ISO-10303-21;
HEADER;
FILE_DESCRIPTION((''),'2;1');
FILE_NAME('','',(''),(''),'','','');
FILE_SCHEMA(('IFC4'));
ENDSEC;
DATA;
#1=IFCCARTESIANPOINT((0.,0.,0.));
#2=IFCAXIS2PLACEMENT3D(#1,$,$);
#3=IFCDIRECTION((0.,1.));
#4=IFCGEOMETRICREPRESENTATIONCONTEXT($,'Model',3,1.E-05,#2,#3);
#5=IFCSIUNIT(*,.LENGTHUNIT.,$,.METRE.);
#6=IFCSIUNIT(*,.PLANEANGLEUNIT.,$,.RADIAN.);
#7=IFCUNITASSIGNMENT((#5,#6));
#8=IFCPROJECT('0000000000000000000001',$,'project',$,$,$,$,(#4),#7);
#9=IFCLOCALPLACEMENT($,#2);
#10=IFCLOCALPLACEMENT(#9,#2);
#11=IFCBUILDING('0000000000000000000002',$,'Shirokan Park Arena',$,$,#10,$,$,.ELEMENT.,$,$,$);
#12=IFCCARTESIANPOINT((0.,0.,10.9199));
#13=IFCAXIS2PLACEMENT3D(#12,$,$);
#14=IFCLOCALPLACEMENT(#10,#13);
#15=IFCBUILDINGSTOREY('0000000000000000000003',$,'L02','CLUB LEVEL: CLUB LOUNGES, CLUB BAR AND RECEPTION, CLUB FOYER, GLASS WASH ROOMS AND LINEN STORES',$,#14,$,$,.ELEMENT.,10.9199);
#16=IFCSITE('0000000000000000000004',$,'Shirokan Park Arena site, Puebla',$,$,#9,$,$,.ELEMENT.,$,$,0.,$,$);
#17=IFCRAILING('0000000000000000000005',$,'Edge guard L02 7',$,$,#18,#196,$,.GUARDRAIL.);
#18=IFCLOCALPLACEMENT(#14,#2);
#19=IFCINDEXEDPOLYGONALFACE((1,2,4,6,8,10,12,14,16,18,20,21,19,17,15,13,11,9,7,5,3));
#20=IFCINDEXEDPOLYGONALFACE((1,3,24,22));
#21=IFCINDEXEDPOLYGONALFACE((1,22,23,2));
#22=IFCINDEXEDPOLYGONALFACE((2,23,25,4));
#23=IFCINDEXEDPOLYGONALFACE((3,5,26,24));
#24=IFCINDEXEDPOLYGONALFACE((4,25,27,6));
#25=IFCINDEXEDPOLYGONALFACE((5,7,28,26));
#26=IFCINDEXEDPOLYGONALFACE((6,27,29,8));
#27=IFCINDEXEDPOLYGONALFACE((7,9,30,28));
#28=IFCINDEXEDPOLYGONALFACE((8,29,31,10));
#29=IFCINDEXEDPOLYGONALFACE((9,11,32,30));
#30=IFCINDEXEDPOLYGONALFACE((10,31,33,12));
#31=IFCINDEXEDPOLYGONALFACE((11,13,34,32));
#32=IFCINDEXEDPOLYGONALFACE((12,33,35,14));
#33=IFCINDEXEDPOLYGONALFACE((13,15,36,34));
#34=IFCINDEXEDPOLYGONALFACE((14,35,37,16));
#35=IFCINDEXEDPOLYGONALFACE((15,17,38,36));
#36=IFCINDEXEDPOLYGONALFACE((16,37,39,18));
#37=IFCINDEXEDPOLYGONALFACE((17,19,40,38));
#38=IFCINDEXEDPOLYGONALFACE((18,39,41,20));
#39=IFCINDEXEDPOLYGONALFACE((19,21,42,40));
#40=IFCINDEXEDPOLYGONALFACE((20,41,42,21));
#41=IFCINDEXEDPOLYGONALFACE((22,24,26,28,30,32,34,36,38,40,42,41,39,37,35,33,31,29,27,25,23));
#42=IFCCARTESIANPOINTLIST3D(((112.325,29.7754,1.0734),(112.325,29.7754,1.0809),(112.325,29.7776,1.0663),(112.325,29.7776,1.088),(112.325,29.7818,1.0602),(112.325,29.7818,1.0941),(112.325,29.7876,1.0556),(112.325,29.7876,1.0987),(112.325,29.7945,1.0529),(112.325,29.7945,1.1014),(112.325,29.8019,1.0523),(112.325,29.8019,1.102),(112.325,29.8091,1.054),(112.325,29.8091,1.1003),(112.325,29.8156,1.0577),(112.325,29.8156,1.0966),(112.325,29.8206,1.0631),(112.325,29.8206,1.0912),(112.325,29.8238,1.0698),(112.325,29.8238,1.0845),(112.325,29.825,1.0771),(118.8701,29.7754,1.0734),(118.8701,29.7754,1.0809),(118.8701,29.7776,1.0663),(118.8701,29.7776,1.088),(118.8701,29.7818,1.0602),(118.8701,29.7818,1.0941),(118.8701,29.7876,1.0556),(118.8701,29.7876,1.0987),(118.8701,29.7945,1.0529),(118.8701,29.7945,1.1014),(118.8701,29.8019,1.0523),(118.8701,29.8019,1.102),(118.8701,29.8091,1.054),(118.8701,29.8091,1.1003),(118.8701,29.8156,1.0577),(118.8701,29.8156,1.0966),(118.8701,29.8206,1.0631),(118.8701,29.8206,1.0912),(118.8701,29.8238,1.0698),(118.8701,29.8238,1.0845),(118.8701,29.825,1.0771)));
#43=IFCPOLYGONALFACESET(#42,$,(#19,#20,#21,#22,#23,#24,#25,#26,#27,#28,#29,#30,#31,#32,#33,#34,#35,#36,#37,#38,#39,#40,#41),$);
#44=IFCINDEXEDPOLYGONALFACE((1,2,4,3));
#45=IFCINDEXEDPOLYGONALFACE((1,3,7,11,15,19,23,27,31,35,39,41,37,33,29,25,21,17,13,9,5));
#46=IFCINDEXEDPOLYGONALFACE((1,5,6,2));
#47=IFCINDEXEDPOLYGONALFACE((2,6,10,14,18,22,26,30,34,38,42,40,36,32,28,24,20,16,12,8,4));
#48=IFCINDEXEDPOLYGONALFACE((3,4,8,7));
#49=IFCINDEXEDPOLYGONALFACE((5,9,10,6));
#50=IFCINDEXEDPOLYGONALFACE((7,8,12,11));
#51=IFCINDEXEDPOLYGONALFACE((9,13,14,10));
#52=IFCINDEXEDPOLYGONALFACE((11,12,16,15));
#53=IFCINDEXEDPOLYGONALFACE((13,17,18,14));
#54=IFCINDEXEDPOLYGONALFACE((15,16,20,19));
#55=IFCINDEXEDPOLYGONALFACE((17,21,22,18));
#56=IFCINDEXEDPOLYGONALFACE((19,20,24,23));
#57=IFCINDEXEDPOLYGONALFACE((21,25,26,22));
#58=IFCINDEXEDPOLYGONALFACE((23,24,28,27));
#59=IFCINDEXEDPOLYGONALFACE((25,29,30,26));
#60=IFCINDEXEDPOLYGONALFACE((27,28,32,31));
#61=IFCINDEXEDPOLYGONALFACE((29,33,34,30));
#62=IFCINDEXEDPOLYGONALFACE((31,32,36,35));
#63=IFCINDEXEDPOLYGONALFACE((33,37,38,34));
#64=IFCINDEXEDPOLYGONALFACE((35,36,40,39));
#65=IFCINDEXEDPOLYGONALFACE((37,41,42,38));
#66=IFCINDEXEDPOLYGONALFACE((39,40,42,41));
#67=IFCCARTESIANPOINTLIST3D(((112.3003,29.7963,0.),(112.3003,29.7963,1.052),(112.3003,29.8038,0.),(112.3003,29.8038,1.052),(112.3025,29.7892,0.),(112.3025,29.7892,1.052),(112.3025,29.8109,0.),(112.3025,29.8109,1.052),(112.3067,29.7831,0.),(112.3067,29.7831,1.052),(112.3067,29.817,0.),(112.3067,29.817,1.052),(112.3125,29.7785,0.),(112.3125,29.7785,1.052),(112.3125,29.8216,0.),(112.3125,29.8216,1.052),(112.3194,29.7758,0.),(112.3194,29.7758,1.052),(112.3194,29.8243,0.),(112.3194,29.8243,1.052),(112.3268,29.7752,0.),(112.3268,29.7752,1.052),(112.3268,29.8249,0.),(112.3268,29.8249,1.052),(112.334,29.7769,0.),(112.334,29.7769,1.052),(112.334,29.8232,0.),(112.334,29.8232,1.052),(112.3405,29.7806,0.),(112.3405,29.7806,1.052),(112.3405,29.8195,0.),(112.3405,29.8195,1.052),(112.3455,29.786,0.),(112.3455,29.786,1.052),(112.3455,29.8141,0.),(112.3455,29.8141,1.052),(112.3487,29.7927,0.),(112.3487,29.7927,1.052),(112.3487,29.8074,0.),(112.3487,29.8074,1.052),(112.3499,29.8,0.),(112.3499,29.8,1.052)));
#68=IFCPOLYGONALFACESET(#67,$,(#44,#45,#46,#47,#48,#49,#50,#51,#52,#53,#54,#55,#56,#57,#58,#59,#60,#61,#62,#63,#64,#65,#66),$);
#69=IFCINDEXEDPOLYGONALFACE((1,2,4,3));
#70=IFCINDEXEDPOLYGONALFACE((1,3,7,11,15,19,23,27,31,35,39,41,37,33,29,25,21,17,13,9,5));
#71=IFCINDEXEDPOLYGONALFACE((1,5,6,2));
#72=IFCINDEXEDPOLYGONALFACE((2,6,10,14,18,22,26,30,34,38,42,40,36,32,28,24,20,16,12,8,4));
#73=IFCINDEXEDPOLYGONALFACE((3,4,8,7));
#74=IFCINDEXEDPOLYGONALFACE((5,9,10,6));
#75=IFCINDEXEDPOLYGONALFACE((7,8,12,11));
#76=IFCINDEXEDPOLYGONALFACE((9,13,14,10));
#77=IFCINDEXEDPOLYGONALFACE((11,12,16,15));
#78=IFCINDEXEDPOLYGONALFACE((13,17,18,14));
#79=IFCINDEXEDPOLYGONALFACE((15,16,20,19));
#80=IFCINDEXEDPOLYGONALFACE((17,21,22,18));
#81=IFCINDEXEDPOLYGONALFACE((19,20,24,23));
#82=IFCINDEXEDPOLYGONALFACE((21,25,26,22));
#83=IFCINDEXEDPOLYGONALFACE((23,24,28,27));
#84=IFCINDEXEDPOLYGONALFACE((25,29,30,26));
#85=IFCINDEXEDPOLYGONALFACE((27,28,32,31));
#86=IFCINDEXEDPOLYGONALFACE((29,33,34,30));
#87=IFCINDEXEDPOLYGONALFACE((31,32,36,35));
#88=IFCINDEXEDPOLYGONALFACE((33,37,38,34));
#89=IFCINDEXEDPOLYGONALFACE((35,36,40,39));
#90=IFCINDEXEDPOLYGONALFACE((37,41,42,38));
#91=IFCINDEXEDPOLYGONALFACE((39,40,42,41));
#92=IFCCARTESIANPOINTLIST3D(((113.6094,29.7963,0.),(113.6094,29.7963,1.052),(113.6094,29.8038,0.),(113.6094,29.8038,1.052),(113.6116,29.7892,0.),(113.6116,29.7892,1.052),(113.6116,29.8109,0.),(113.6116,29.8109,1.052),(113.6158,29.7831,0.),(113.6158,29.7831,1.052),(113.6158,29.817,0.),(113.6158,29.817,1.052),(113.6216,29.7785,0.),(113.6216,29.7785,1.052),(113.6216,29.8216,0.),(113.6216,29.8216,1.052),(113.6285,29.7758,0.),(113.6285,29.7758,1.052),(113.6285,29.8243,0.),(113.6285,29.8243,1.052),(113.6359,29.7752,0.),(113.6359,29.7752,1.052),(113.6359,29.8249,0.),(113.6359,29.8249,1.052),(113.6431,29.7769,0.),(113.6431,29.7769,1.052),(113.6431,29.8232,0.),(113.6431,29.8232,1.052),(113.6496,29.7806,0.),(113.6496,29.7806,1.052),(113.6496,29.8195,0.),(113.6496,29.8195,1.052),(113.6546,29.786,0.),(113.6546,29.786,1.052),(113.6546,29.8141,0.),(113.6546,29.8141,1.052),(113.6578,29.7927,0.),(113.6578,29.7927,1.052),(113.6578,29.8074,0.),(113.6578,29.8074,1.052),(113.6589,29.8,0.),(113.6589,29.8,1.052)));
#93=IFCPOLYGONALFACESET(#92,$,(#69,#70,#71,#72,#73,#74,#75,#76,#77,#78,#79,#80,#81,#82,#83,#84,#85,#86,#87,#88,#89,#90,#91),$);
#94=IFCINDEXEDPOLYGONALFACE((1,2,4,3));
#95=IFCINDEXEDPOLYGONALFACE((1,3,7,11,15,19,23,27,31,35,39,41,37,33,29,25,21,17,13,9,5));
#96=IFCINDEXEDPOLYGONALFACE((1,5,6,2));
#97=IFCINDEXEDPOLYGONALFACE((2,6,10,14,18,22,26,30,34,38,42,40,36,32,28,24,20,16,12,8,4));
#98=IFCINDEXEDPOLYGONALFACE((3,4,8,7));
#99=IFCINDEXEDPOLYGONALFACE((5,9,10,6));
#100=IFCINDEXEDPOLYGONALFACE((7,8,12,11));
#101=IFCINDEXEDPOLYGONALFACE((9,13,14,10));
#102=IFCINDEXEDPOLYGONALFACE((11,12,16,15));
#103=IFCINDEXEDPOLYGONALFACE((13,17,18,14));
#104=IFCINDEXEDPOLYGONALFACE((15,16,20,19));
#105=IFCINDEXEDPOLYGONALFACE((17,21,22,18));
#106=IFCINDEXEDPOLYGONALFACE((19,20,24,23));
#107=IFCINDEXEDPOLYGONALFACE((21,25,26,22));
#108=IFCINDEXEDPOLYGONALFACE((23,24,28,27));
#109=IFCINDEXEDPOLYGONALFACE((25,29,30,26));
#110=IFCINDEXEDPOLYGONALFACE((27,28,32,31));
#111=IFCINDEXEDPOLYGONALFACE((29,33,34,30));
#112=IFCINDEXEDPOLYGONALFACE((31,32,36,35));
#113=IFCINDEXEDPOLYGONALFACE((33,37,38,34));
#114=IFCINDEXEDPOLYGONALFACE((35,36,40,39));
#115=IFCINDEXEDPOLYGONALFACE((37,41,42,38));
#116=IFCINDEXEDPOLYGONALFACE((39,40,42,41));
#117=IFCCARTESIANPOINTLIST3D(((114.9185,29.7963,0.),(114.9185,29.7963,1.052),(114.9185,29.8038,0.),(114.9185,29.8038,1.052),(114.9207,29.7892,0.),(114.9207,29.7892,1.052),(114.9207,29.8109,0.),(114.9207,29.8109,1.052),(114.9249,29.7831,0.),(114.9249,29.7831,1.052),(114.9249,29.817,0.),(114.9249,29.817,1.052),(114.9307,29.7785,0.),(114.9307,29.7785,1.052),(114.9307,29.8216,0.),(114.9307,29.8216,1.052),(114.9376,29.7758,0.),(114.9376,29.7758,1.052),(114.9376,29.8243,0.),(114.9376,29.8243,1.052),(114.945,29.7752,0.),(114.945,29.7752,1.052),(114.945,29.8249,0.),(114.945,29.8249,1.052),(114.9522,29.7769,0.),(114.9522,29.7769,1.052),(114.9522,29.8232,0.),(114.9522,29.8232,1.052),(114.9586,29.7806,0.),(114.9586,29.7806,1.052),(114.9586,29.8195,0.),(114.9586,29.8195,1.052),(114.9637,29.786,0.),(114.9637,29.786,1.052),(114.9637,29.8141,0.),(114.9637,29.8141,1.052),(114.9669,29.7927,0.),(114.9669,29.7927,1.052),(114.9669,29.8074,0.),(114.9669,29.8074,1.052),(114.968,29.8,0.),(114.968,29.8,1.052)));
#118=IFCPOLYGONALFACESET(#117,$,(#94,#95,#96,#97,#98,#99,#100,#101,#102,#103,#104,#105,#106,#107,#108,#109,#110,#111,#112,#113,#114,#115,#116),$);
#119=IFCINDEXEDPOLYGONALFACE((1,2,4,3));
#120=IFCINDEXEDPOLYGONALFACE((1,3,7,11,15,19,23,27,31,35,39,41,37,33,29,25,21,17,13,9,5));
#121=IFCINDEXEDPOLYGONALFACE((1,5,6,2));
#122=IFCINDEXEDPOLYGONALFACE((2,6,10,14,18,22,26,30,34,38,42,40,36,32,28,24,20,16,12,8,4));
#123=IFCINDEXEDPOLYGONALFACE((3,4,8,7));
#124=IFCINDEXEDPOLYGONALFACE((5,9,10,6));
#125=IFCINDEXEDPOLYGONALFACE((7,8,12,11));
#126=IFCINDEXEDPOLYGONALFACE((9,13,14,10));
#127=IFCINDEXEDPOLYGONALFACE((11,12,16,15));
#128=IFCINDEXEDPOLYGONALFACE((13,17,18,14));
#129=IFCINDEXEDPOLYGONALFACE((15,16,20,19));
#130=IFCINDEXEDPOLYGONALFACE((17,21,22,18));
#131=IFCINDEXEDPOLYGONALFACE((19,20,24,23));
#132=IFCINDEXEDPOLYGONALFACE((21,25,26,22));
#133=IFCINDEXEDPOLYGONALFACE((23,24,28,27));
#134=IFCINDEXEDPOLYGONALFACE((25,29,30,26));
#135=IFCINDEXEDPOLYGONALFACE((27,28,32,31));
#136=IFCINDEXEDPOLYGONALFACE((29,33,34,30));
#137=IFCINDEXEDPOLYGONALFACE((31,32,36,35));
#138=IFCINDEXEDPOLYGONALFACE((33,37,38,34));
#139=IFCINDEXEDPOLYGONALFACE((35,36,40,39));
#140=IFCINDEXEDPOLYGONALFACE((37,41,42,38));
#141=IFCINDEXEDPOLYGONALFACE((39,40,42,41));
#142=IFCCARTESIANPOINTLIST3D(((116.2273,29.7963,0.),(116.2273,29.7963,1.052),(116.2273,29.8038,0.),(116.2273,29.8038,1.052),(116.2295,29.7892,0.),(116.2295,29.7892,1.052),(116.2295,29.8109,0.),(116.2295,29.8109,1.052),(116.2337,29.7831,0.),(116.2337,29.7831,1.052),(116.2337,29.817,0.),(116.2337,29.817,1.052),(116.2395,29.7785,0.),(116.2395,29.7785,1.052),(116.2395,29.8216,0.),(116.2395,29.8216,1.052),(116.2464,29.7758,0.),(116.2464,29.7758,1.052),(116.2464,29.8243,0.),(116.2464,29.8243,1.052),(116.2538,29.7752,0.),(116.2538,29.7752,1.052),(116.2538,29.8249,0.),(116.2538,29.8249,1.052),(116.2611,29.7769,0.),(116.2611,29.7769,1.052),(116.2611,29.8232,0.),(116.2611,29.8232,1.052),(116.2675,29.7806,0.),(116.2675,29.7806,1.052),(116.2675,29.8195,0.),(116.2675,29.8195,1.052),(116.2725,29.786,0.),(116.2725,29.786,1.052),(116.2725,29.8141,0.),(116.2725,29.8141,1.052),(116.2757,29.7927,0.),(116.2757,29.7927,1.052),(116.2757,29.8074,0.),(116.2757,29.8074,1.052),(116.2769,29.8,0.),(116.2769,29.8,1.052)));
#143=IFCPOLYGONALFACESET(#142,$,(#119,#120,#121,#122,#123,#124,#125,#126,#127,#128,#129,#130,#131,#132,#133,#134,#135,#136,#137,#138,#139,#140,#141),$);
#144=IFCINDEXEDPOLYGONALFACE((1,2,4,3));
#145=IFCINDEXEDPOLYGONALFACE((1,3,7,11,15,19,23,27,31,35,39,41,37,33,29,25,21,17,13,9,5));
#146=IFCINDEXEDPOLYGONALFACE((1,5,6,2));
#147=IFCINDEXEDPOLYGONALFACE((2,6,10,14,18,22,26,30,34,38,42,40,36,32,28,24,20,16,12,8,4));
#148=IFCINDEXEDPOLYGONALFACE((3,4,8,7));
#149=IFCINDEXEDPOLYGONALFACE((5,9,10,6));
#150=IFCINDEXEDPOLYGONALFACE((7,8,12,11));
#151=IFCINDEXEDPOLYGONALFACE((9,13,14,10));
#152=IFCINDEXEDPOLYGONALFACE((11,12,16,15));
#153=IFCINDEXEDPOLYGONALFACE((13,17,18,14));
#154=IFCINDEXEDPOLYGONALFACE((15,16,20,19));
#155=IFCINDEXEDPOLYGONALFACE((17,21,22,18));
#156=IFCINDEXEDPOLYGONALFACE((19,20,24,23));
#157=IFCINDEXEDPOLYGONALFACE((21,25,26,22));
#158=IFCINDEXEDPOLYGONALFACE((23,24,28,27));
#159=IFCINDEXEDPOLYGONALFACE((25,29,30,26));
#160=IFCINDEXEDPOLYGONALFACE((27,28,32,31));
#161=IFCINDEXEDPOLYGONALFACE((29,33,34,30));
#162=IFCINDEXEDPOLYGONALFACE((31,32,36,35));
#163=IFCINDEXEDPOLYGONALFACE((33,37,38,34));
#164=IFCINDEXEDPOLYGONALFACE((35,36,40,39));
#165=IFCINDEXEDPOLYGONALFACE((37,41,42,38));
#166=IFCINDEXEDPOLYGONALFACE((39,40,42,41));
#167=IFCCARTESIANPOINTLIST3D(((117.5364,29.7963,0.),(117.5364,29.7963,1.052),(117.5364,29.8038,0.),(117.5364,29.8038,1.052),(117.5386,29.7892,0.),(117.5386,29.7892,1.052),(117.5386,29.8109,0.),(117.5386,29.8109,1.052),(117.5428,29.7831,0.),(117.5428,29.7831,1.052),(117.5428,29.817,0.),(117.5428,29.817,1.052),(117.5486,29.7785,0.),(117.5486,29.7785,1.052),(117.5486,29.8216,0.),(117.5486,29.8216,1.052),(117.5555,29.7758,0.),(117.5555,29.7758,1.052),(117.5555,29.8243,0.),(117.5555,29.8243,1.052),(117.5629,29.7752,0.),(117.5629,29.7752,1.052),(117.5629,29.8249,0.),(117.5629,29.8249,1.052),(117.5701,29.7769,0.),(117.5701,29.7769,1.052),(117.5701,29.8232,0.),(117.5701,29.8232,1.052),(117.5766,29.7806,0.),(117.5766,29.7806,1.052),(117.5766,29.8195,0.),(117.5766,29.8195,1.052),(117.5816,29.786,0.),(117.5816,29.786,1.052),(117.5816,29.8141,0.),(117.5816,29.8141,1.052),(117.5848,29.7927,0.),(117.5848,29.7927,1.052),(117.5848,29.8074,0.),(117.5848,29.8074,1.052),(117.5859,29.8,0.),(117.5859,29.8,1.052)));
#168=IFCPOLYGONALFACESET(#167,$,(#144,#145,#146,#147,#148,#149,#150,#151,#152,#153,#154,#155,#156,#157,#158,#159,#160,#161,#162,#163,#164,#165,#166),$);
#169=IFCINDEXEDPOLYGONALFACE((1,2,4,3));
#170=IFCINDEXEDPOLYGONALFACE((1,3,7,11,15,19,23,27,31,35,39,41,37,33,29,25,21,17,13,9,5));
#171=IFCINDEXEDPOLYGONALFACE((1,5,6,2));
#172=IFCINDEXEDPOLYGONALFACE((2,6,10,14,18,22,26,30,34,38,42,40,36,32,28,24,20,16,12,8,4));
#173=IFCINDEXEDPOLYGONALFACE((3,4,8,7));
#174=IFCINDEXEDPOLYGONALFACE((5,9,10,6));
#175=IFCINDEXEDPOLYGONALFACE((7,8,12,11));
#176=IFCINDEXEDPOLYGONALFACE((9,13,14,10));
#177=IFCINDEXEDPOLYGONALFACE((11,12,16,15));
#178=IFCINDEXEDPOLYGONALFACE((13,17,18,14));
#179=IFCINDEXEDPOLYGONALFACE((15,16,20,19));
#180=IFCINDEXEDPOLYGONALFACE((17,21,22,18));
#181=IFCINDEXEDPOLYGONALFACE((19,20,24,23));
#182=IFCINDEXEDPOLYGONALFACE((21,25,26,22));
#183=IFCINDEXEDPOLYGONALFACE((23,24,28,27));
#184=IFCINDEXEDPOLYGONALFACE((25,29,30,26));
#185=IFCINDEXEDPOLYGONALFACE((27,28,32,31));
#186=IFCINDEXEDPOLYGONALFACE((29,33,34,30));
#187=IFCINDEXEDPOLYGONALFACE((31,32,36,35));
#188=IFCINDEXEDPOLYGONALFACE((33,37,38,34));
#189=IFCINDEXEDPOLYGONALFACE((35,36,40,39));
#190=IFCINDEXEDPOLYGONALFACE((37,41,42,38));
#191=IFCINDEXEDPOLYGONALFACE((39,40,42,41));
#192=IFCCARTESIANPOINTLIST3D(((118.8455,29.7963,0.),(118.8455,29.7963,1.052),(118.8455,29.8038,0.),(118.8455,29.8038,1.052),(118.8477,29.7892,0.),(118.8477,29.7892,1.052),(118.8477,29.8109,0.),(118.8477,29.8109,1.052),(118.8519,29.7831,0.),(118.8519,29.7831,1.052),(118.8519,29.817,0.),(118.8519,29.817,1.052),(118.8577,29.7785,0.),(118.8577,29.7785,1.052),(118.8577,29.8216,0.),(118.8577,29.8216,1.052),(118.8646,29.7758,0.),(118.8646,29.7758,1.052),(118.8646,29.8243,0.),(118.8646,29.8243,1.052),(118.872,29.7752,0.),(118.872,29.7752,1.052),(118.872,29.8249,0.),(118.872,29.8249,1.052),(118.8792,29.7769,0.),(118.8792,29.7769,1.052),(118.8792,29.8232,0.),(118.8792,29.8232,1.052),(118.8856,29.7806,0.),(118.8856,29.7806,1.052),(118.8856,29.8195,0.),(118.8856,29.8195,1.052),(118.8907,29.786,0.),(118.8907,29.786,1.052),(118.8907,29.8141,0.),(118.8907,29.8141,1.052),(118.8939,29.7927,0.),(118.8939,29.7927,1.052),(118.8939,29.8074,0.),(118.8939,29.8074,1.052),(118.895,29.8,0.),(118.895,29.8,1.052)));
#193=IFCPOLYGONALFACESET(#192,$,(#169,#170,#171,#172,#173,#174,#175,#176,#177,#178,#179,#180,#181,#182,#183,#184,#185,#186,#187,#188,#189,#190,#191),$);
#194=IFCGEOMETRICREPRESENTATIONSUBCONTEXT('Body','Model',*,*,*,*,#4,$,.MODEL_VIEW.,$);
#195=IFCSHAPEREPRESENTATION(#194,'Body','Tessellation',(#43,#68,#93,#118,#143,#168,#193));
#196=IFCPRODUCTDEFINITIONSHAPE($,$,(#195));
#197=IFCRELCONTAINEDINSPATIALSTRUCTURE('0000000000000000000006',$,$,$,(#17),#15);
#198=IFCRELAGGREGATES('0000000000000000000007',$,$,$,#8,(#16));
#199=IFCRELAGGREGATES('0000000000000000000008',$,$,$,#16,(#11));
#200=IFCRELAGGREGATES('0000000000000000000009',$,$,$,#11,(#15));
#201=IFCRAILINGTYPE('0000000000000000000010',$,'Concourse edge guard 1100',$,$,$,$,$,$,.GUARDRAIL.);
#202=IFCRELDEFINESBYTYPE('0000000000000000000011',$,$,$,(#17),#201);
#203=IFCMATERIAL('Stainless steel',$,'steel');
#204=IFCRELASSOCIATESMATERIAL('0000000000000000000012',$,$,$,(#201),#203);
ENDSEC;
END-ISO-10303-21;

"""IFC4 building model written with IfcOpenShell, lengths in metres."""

from ifc_helpers import new_model, si_unit, direction, frame, origin, origin_2d, place, context, subcontext, project, spatial, circle, extrude, material, type_object, element, save


model = new_model("IFC4")

# Units and contexts
model_context = context("Model", 3, precision=1e-05, world=origin(), true_north=direction((0.0, 1.0)))
body_context = subcontext(model_context, "Body", "Model", "MODEL_VIEW")
ifc_project = project(units=[si_unit("LENGTHUNIT", "METRE"), si_unit("PLANEANGLEUNIT", "RADIAN")], contexts=[model_context])

# Site, building, storey
site_placement = place(None, origin())
site = spatial("IfcSite", under=ifc_project, at=site_placement, Name="Shirokan Park Arena site, Puebla", CompositionType="ELEMENT", RefElevation=0.0)
building_placement = place(site_placement, origin())
building = spatial("IfcBuilding", under=site, at=building_placement, Name="Shirokan Park Arena", CompositionType="ELEMENT")
storey_placement = place(building_placement, frame((0.0, 0.0, 10.9199)))
storey = spatial("IfcBuildingStorey", under=building, at=storey_placement, Name="L02", Description="CLUB LEVEL: CLUB LOUNGES, CLUB BAR AND RECEPTION, CLUB FOYER, GLASS WASH ROOMS AND LINEN STORES", CompositionType="ELEMENT", Elevation=10.9199)

# Railing
ifc_material_1 = material(Name="Stainless steel", Category="steel")
railing_type = type_object("IfcRailingType", Name="Concourse edge guard 1100", PredefinedType="GUARDRAIL", material=ifc_material_1)
railing_1_placement = place(storey_placement, frame((112.325, 29.8, 0.0)))
element("IfcRailing", 1, at=railing_1_placement, inside=storey, type_object=railing_type, Name="Edge guard L02 7", PredefinedType="GUARDRAIL", context=body_context, shape_type="SweptSolid", body=[
    extrude(circle(Radius=0.0249, at=origin_2d()), frame((0.0, 0.0, 1.0771), z_axis=(1.0, 0.0, 0.0), x_axis=(0.0, 1.0, 0.0)), (0.0, 0.0, 1.0), 6.5452),
    extrude(circle(Radius=0.0249, at=origin_2d()), origin(), (0.0, 0.0, 1.0), 1.052),
    extrude(circle(Radius=0.0249, at=origin_2d()), frame((1.3091, 0.0, 0.0)), (0.0, 0.0, 1.0), 1.052),
    extrude(circle(Radius=0.0249, at=origin_2d()), frame((2.6182, 0.0, 0.0)), (0.0, 0.0, 1.0), 1.052),
    extrude(circle(Radius=0.0249, at=origin_2d()), frame((3.927, 0.0, 0.0)), (0.0, 0.0, 1.0), 1.052),
    extrude(circle(Radius=0.0249, at=origin_2d()), frame((5.2361, 0.0, 0.0)), (0.0, 0.0, 1.0), 1.052),
    extrude(circle(Radius=0.0249, at=origin_2d()), frame((6.5452, 0.0, 0.0)), (0.0, 0.0, 1.0), 1.052),
])

save(model, "model.ifc")
